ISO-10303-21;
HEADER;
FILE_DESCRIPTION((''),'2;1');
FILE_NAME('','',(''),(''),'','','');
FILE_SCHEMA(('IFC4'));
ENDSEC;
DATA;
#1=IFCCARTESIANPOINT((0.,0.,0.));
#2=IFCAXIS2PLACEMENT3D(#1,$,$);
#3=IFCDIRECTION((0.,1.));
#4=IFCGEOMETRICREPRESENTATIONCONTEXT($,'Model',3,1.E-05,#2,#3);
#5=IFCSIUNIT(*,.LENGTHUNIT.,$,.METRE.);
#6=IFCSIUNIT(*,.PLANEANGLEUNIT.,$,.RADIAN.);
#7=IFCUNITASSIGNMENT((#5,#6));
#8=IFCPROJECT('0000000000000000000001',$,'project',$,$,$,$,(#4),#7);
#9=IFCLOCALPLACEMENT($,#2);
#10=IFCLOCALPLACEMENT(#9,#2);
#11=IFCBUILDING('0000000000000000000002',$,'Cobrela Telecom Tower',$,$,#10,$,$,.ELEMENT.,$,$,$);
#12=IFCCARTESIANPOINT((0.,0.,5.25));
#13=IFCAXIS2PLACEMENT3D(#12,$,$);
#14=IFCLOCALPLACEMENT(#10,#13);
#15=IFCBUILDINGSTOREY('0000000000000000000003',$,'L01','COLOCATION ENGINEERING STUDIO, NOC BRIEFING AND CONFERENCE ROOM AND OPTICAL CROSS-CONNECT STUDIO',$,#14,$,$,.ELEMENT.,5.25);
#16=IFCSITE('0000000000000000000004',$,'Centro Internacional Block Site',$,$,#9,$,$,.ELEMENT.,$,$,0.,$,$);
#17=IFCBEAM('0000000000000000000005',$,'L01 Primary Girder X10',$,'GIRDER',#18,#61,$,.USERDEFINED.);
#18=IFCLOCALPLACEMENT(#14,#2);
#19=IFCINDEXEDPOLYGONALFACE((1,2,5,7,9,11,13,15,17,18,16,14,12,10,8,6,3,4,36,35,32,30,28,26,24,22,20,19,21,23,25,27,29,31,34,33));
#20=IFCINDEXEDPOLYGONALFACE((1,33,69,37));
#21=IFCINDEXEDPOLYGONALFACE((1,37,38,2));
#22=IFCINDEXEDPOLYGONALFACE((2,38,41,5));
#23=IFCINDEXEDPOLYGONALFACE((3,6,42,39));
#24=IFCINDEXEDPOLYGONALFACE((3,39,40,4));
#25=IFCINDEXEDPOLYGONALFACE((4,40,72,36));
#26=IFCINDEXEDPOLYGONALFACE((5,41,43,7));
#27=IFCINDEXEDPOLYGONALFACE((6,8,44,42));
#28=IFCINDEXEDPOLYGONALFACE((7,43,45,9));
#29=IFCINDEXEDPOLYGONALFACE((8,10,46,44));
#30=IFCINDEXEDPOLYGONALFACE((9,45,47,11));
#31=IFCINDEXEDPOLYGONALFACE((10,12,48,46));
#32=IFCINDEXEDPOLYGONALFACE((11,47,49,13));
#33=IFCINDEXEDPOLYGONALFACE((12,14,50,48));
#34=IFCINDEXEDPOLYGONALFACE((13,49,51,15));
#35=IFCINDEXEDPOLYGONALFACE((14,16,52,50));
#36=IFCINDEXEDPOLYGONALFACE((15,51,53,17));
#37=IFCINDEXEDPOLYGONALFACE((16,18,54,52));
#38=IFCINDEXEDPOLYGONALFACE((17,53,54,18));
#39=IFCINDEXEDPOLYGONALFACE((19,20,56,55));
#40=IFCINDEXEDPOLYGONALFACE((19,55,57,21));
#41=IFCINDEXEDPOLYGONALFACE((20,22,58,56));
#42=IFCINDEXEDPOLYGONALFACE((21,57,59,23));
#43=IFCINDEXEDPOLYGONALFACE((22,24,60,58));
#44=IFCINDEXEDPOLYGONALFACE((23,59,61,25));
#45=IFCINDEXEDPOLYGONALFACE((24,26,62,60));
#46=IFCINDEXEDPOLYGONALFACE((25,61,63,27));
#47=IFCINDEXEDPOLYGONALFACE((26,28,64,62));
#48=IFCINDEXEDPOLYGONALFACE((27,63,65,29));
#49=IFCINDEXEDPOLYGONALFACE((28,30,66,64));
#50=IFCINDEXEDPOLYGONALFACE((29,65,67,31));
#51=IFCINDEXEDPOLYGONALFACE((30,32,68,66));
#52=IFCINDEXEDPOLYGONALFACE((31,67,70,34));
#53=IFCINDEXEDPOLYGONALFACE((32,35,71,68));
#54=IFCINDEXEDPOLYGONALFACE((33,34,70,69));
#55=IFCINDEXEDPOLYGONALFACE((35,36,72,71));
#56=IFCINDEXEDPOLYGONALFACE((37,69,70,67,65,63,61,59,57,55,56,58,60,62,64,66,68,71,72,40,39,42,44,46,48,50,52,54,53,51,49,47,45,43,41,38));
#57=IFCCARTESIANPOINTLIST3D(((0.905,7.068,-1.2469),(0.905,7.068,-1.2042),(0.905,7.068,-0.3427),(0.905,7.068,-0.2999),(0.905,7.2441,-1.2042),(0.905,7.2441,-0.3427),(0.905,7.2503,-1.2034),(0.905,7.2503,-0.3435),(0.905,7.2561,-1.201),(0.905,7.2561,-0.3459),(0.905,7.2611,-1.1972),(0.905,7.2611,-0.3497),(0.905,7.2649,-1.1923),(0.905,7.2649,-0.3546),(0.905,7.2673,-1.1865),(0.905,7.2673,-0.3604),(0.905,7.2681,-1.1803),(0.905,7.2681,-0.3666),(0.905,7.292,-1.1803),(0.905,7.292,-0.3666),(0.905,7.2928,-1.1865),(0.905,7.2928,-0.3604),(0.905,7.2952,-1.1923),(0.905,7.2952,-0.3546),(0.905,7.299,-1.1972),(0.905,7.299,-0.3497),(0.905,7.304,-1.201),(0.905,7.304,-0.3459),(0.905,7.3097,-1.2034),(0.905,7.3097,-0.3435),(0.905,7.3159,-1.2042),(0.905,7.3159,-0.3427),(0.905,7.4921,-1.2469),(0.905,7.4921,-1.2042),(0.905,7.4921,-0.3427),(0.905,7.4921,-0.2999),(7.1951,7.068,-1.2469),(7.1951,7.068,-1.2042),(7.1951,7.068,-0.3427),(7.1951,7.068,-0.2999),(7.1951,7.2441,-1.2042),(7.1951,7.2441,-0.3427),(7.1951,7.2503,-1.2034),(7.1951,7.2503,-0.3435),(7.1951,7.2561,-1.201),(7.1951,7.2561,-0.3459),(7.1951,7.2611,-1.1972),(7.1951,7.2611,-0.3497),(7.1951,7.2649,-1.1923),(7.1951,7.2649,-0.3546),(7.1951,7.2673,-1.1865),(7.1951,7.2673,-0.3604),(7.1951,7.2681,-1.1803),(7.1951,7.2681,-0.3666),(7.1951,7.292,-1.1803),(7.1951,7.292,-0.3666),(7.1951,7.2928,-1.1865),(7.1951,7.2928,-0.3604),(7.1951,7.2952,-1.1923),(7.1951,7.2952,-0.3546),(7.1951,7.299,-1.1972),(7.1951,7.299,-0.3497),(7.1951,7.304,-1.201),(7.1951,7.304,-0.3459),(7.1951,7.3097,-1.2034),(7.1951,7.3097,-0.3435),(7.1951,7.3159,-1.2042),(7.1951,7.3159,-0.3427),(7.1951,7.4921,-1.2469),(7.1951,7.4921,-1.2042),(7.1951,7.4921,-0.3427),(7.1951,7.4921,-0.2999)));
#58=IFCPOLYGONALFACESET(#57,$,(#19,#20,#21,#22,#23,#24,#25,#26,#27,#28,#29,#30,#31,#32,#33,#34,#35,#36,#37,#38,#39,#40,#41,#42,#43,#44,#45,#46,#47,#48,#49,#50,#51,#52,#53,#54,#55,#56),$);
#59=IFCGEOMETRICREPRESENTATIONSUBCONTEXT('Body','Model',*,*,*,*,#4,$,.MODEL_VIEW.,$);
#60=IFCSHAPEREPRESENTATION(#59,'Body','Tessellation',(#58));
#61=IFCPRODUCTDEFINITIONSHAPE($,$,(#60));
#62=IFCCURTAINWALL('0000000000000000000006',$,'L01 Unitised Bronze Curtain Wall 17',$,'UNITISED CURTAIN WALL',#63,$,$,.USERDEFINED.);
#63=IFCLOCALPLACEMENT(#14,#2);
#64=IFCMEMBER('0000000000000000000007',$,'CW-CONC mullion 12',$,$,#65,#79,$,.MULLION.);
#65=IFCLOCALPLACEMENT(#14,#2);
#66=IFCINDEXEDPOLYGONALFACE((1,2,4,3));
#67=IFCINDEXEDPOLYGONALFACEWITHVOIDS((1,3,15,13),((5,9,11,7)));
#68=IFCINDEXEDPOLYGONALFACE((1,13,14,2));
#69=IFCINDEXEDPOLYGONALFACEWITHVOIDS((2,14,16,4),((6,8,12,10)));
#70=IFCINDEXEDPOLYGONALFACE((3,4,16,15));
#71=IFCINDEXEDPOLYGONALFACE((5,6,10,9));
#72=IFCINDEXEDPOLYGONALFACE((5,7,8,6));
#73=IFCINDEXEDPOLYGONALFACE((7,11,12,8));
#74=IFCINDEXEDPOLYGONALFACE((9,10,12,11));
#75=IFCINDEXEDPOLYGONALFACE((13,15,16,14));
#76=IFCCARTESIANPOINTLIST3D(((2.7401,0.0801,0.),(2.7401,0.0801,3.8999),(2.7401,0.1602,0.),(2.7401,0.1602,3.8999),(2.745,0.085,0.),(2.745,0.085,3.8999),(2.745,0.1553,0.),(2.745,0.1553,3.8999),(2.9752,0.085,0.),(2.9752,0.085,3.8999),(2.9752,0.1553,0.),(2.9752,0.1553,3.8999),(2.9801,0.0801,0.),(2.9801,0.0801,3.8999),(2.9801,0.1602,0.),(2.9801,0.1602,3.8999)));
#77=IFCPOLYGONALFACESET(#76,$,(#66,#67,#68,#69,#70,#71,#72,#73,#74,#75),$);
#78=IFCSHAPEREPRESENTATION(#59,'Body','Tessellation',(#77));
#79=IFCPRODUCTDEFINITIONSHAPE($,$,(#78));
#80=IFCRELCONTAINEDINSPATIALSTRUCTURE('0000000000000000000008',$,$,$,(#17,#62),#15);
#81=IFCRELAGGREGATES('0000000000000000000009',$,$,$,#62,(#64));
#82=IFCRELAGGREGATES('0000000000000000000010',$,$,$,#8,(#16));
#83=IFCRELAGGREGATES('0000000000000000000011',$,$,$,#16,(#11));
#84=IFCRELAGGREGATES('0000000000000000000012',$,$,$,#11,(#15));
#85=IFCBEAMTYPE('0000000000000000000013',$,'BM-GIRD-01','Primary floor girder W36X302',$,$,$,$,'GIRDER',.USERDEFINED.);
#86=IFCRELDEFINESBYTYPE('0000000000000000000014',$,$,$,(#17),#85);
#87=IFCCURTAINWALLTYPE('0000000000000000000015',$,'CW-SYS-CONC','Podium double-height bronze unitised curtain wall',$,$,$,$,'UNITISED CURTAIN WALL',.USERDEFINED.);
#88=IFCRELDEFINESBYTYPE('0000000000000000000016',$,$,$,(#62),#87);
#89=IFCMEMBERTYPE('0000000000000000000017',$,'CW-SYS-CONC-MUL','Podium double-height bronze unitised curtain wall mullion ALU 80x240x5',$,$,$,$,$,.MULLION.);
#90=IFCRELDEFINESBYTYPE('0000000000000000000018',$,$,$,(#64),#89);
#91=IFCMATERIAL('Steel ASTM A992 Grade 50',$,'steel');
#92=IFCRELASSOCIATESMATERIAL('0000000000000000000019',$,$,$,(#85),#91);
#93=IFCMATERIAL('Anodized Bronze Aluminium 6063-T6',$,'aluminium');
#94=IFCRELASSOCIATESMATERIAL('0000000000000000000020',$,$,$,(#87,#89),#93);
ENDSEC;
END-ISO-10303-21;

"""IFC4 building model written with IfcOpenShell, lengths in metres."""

from ifc_helpers import new_model, si_unit, direction, frame, origin, origin_2d, place, context, subcontext, project, spatial, hollow_rectangle, i_section, extrude, material, material_profile, profile_set, type_object, element, aggregate, save


model = new_model("IFC4")

# Units and contexts
model_context = context("Model", 3, precision=1e-05, world=origin(), true_north=direction((0.0, 1.0)))
body_context = subcontext(model_context, "Body", "Model", "MODEL_VIEW")
ifc_project = project(units=[si_unit("LENGTHUNIT", "METRE"), si_unit("PLANEANGLEUNIT", "RADIAN")], contexts=[model_context])

# Site, building, storey
site_placement = place(None, origin())
site = spatial("IfcSite", under=ifc_project, at=site_placement, Name="Centro Internacional Block Site", CompositionType="ELEMENT", RefElevation=0.0)
building_placement = place(site_placement, origin())
building = spatial("IfcBuilding", under=site, at=building_placement, Name="Cobrela Telecom Tower", CompositionType="ELEMENT")
storey_placement = place(building_placement, frame((0.0, 0.0, 5.25)))
storey = spatial("IfcBuildingStorey", under=building, at=storey_placement, Name="L01", Description="COLOCATION ENGINEERING STUDIO, NOC BRIEFING AND CONFERENCE ROOM AND OPTICAL CROSS-CONNECT STUDIO", CompositionType="ELEMENT", Elevation=5.25)

# Beam
ifc_material_1 = material(Name="Steel ASTM A992 Grade 50", Category="steel")
ifc_material_profile_1 = material_profile(ifc_material_1, i_section(OverallWidth=0.4241, OverallDepth=0.947, WebThickness=0.0239, FlangeThickness=0.0427, FilletRadius=0.0239, at=origin_2d()), Name="W36X302")
ifc_profile_set_1 = profile_set([ifc_material_profile_1], Name="Steel ASTM A992 Grade 50")
beam_type = type_object("IfcBeamType", Name="BM-GIRD-01", Description="Primary floor girder W36X302", ElementType="GIRDER", PredefinedType="USERDEFINED", material=ifc_profile_set_1)
beam_placement = place(storey_placement, frame((0.905, 7.28, -0.7734), z_axis=(1.0, 0.0, 0.0), x_axis=(0.0, 1.0, 0.0)))
element("IfcBeam", 1, at=beam_placement, inside=storey, type_object=beam_type, Name="L01 Primary Girder X10", ObjectType="GIRDER", PredefinedType="USERDEFINED", context=body_context, shape_type="SweptSolid", body=[
    extrude(i_section(OverallWidth=0.4241, OverallDepth=0.947, WebThickness=0.0239, FlangeThickness=0.0427, FilletRadius=0.0239, at=origin_2d()), origin(), (0.0, 0.0, 1.0), 6.29),
])

# Curtain wall, member
ifc_material_2 = material(Name="Anodized Bronze Aluminium 6063-T6", Category="aluminium")
curtain_wall_type = type_object("IfcCurtainWallType", Name="CW-SYS-CONC", Description="Podium double-height bronze unitised curtain wall", ElementType="UNITISED CURTAIN WALL", PredefinedType="USERDEFINED", material=ifc_material_2)
curtain_wall_placement = place(storey_placement, origin())
curtain_wall = element("IfcCurtainWall", 2, at=curtain_wall_placement, inside=storey, type_object=curtain_wall_type, Name="L01 Unitised Bronze Curtain Wall 17", ObjectType="UNITISED CURTAIN WALL", PredefinedType="USERDEFINED")
ifc_material_profile_2 = material_profile(ifc_material_2, hollow_rectangle(XDim=0.0801, YDim=0.24, WallThickness=0.0049, at=origin_2d()), Name="ALU 80x240x5")
ifc_profile_set_2 = profile_set([ifc_material_profile_2], Name="Anodized Bronze Aluminium 6063-T6")
member_type = type_object("IfcMemberType", Name="CW-SYS-CONC-MUL", Description="Podium double-height bronze unitised curtain wall mullion ALU 80x240x5", PredefinedType="MULLION", material=ifc_profile_set_2)
member_placement = place(storey_placement, frame((2.8601, 0.1201, 0.0), z_axis=(0.0, 0.0, 1.0), x_axis=(0.0, -1.0, 0.0)))
member = element("IfcMember", 3, at=member_placement, type_object=member_type, Name="CW-CONC mullion 12", PredefinedType="MULLION", context=body_context, shape_type="SweptSolid", body=[
    extrude(hollow_rectangle(XDim=0.0801, YDim=0.24, WallThickness=0.0049, at=origin_2d()), origin(), (0.0, 0.0, 1.0), 3.8999),
])
aggregate(curtain_wall, [member])

save(model, "model.ifc")
